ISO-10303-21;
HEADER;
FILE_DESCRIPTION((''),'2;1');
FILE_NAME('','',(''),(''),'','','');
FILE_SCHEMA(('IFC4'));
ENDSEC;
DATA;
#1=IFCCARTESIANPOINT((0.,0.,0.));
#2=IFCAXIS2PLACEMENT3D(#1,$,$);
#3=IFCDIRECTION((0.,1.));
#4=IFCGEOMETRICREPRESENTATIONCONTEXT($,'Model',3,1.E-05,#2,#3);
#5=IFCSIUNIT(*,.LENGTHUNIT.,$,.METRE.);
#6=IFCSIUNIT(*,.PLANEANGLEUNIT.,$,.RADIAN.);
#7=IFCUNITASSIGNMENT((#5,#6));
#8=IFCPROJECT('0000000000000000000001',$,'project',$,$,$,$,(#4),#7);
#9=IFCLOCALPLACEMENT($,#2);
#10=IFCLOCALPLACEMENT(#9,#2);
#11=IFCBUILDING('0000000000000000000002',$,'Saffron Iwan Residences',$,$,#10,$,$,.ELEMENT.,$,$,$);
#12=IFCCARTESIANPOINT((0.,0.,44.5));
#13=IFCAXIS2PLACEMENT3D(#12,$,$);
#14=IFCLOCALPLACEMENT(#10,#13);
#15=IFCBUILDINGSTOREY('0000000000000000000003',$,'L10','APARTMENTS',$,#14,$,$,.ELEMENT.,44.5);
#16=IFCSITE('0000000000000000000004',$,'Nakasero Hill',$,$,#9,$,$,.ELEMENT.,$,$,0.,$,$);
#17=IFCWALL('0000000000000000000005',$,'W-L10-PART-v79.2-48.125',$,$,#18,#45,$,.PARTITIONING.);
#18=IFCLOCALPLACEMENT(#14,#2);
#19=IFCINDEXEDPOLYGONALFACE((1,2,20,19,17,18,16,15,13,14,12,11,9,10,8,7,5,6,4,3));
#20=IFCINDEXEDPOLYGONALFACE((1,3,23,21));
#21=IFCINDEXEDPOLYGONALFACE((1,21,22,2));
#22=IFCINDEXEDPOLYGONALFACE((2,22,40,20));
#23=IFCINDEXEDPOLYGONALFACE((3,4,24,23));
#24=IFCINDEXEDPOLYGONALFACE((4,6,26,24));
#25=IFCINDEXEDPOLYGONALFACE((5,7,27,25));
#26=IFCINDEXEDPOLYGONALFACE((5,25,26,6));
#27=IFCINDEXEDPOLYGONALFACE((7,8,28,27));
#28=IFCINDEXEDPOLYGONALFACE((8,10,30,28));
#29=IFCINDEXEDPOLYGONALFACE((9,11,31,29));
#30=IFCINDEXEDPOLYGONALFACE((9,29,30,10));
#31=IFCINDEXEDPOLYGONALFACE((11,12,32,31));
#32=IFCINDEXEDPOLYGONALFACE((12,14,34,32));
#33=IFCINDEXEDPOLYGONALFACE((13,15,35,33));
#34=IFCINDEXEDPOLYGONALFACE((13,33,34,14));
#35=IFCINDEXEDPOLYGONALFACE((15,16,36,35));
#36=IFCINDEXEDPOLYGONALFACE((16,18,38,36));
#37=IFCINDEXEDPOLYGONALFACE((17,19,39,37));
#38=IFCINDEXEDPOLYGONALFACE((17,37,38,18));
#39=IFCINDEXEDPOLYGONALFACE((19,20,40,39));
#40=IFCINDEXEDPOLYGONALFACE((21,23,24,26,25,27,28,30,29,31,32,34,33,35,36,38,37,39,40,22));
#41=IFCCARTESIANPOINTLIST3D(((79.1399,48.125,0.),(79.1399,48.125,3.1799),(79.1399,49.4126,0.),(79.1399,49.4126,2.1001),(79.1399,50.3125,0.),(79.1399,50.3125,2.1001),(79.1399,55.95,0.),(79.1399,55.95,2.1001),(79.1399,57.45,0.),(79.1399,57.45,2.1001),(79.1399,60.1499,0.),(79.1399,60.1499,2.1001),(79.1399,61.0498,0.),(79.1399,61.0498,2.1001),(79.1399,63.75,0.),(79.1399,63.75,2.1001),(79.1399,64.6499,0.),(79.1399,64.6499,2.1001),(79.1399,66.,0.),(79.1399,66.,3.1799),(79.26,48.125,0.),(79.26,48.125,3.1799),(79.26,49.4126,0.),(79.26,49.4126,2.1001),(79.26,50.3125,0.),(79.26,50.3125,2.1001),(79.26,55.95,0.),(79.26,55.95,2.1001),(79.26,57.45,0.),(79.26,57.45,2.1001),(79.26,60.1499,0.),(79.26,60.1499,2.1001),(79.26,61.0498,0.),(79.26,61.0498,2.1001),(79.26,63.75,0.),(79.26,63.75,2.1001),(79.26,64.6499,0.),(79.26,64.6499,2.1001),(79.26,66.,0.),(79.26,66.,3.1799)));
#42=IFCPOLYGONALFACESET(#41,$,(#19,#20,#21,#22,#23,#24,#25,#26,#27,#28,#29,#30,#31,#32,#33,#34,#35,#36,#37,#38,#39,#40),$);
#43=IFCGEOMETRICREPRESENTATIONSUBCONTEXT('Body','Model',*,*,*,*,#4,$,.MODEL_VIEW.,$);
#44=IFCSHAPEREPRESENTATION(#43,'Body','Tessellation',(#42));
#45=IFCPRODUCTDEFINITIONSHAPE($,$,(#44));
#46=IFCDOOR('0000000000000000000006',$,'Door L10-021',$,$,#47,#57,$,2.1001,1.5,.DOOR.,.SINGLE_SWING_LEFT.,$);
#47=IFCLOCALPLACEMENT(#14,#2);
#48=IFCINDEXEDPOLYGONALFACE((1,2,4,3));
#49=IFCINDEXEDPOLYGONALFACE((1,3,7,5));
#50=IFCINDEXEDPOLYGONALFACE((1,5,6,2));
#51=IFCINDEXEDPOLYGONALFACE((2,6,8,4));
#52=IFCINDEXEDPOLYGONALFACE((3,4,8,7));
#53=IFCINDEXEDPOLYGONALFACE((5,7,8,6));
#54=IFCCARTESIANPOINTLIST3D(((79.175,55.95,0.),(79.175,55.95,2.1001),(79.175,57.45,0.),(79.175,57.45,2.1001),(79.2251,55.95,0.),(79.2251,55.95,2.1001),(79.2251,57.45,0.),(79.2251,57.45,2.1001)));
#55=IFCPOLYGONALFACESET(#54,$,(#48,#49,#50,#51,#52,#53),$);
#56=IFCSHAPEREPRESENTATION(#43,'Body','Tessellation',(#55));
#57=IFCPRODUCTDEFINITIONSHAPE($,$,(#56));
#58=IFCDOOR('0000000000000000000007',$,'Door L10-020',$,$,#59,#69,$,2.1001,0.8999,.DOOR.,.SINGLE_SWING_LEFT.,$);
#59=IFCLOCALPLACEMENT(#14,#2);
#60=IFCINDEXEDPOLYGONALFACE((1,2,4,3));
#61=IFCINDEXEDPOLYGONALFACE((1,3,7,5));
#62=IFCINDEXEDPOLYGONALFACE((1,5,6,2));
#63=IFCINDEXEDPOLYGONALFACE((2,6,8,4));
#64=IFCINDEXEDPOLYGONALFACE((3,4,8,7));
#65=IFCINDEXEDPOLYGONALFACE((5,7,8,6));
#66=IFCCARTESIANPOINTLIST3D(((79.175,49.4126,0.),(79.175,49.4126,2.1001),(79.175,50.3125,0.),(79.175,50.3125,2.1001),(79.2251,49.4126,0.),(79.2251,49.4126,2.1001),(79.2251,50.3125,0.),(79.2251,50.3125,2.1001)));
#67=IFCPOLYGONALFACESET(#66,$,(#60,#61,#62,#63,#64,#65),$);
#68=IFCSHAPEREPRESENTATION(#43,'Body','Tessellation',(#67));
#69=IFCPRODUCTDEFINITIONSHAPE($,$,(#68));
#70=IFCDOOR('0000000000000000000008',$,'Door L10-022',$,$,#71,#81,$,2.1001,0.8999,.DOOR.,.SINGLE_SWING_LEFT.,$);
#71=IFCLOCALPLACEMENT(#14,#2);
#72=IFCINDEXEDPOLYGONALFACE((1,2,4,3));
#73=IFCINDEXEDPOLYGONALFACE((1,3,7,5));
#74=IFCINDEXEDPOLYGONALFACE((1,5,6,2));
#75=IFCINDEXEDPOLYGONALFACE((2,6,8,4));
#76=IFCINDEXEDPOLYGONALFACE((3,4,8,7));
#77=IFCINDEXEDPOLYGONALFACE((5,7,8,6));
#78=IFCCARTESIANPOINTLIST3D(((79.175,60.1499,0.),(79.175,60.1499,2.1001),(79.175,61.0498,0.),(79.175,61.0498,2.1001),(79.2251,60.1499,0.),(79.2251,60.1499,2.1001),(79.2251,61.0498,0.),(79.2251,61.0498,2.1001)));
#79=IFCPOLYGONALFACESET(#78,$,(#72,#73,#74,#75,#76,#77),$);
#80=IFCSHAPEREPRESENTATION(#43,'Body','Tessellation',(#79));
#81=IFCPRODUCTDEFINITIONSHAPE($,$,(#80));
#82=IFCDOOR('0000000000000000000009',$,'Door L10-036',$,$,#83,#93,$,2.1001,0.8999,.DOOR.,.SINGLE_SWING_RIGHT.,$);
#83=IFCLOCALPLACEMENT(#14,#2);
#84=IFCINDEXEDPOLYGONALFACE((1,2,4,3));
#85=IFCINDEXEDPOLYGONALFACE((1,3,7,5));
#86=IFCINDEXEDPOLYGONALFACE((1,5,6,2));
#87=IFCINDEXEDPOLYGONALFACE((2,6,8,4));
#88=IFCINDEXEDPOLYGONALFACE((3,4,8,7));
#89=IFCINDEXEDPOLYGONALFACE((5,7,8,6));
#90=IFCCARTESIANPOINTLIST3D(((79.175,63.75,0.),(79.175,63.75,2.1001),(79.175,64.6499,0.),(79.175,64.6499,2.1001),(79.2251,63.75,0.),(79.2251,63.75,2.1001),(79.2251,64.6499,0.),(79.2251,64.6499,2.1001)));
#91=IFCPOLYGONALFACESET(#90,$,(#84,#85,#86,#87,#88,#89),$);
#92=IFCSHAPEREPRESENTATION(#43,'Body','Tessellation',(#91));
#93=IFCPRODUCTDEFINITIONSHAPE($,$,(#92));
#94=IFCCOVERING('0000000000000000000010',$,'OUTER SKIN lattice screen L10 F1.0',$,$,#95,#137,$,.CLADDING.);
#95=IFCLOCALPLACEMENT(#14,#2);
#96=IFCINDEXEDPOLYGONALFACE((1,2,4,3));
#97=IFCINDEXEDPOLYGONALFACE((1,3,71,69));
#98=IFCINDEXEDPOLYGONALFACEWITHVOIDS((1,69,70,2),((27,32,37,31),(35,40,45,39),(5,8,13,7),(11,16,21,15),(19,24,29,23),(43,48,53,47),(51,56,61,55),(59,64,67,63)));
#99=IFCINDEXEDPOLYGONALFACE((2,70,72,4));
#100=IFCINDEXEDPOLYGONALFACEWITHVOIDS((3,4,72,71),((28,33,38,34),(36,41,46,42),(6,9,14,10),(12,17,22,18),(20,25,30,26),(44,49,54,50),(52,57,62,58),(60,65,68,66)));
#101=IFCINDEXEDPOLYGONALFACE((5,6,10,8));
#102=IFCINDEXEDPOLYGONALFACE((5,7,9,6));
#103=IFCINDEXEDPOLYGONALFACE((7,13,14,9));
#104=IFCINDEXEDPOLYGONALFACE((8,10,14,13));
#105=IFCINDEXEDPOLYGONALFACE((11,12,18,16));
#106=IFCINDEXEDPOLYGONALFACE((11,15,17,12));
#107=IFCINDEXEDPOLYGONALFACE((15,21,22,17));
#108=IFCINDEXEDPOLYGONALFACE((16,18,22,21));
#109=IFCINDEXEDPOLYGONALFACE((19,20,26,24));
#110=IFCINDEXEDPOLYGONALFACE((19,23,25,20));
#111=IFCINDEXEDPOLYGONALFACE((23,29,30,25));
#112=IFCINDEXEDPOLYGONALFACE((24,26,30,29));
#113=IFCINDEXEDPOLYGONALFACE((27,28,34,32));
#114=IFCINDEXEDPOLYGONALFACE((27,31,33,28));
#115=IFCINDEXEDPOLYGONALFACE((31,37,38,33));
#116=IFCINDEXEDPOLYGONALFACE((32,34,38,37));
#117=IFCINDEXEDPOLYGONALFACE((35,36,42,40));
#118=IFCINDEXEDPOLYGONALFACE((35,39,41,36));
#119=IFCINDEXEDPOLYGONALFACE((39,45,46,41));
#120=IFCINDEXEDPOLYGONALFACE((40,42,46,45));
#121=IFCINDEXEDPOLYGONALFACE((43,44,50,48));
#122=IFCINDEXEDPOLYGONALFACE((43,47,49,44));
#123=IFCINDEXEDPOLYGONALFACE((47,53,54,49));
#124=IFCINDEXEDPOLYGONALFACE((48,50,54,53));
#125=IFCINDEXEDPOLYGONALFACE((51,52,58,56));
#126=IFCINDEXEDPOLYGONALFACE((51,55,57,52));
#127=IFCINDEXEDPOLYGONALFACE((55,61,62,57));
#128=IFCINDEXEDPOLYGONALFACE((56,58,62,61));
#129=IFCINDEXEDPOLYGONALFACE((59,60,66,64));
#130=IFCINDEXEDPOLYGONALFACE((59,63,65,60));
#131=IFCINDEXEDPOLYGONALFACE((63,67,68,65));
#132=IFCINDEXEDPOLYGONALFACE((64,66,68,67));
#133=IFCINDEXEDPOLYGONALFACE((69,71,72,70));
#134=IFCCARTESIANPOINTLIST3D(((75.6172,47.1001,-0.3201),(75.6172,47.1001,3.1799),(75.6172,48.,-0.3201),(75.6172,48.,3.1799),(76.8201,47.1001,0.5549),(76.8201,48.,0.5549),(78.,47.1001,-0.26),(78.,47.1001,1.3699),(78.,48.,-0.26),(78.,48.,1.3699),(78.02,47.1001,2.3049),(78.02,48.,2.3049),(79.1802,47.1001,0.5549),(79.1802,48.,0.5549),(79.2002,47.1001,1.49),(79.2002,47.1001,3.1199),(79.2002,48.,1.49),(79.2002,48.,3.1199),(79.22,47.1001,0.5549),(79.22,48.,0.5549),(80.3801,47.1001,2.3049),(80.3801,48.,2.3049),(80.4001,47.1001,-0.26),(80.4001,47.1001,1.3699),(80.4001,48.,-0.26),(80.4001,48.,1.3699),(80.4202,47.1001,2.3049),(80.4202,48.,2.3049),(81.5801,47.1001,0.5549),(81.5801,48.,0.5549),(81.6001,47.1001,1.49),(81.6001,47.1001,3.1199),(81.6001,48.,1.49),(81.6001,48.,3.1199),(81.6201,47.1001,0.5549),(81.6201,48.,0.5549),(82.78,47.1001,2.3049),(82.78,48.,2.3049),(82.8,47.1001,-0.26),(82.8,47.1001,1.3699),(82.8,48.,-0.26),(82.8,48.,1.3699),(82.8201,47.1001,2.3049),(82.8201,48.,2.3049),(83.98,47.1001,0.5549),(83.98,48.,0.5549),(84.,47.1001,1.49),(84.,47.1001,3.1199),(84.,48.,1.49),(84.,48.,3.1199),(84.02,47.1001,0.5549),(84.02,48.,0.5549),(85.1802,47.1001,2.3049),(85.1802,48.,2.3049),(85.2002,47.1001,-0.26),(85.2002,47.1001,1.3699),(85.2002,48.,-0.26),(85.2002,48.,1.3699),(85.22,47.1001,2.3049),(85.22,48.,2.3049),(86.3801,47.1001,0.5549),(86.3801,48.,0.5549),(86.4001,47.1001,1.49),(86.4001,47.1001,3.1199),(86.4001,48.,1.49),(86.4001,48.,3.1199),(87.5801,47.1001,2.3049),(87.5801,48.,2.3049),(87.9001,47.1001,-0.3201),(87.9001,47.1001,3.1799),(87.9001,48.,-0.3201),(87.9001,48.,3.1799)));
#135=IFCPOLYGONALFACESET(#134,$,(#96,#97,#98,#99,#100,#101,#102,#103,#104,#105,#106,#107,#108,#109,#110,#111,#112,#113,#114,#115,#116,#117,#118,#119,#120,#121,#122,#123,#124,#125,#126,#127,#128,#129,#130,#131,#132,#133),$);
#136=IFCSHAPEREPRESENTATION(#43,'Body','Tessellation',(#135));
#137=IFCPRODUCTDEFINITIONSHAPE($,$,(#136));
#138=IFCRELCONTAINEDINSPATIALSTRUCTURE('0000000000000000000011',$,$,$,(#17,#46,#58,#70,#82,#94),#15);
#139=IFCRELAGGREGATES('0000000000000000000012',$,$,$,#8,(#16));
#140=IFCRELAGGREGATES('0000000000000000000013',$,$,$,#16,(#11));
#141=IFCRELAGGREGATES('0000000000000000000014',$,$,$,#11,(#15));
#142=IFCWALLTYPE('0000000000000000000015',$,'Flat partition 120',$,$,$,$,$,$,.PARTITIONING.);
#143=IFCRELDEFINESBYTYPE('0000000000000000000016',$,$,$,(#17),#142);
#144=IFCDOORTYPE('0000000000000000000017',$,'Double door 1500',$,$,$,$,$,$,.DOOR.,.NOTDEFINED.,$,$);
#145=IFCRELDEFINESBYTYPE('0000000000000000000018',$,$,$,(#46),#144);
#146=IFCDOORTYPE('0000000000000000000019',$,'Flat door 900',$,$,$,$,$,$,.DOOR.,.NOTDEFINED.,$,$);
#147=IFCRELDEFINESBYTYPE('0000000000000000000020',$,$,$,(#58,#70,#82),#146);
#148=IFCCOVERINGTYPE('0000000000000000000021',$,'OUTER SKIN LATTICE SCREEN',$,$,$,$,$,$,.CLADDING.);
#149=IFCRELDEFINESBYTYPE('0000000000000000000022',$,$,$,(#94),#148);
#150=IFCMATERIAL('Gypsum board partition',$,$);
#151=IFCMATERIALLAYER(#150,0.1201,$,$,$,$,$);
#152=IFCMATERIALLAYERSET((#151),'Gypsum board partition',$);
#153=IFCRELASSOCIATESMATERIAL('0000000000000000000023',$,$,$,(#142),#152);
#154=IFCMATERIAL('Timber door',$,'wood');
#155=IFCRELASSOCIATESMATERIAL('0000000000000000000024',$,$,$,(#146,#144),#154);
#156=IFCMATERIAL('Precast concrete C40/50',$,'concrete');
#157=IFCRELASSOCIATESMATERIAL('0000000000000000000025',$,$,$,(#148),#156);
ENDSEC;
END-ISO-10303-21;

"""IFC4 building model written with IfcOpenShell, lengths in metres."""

from ifc_helpers import new_model, si_unit, direction, frame, frame_2d, origin, place, context, subcontext, project, spatial, polyline, rectangle, outline, extrude, material, layer, layer_set, type_object, element, fill, save


model = new_model("IFC4")

# Units and contexts
model_context = context("Model", 3, precision=1e-05, world=origin(), true_north=direction((0.0, 1.0)))
body_context = subcontext(model_context, "Body", "Model", "MODEL_VIEW")
ifc_project = project(units=[si_unit("LENGTHUNIT", "METRE"), si_unit("PLANEANGLEUNIT", "RADIAN")], contexts=[model_context])

# Site, building, storey
site_placement = place(None, origin())
site = spatial("IfcSite", under=ifc_project, at=site_placement, Name="Nakasero Hill", CompositionType="ELEMENT", RefElevation=0.0)
building_placement = place(site_placement, origin())
building = spatial("IfcBuilding", under=site, at=building_placement, Name="Saffron Iwan Residences", CompositionType="ELEMENT")
storey_placement = place(building_placement, frame((0.0, 0.0, 44.5)))
storey = spatial("IfcBuildingStorey", under=building, at=storey_placement, Name="L10", Description="APARTMENTS", CompositionType="ELEMENT", Elevation=44.5)

# Shared definitions
ifc_material_1 = material(Name="Gypsum board partition")
ifc_layer_1 = layer(ifc_material_1, 0.1201)
ifc_layer_set_1 = layer_set([ifc_layer_1], Name="Gypsum board partition")
wall_type_1 = type_object("IfcWallType", Name="Flat partition 120", PredefinedType="PARTITIONING", material=ifc_layer_set_1)
ifc_material_2 = material(Name="Timber door", Category="wood")
door_type_1 = type_object("IfcDoorType", Name="Flat door 900", OperationType="NOTDEFINED", PredefinedType="DOOR", material=ifc_material_2)

# Wall, openings, doors
wall_1_placement = place(storey_placement, frame((79.2, 48.125, 0.0), z_axis=(0.0, 0.0, 1.0), x_axis=(0.0, 1.0, 0.0)))
wall_1 = element("IfcWall", 1, at=wall_1_placement, inside=storey, type_object=wall_type_1, Name="W-L10-PART-v79.2-48.125", PredefinedType="PARTITIONING", context=body_context, shape_type="SweptSolid", body=[
    extrude(rectangle(XDim=17.875, YDim=0.1201, at=frame_2d((8.9375, 0.0))), origin(), (0.0, 0.0, 1.0), 3.1799),
])
opening_1_placement = place(wall_1_placement, frame((1.2876, 0.0, 0.0)))
opening_1 = element("IfcOpeningElement", 2, at=opening_1_placement, cuts=wall_1, PredefinedType="OPENING", context=body_context, shape_type="SweptSolid", body=[
    extrude(rectangle(XDim=0.8999, YDim=2.1001, at=frame_2d((0.45, 1.05))), frame((0.0, 0.0701, 0.0), z_axis=(0.0, -1.0, 0.0), x_axis=(1.0, 0.0, 0.0)), (0.0, 0.0, 1.0), 0.1401),
])
opening_2_placement = place(wall_1_placement, frame((7.825, 0.0, 0.0)))
opening_2 = element("IfcOpeningElement", 3, at=opening_2_placement, cuts=wall_1, PredefinedType="OPENING", context=body_context, shape_type="SweptSolid", body=[
    extrude(rectangle(XDim=1.5, YDim=2.1001, at=frame_2d((0.75, 1.05))), frame((0.0, 0.0701, 0.0), z_axis=(0.0, -1.0, 0.0), x_axis=(1.0, 0.0, 0.0)), (0.0, 0.0, 1.0), 0.1401),
])
opening_3_placement = place(wall_1_placement, frame((12.0249, 0.0, 0.0)))
opening_3 = element("IfcOpeningElement", 4, at=opening_3_placement, cuts=wall_1, PredefinedType="OPENING", context=body_context, shape_type="SweptSolid", body=[
    extrude(rectangle(XDim=0.8999, YDim=2.1001, at=frame_2d((0.45, 1.05))), frame((0.0, 0.0701, 0.0), z_axis=(0.0, -1.0, 0.0), x_axis=(1.0, 0.0, 0.0)), (0.0, 0.0, 1.0), 0.1401),
])
opening_4_placement = place(wall_1_placement, frame((15.625, 0.0, 0.0)))
opening_4 = element("IfcOpeningElement", 5, at=opening_4_placement, cuts=wall_1, PredefinedType="OPENING", context=body_context, shape_type="SweptSolid", body=[
    extrude(rectangle(XDim=0.8999, YDim=2.1001, at=frame_2d((0.45, 1.05))), frame((0.0, 0.0701, 0.0), z_axis=(0.0, -1.0, 0.0), x_axis=(1.0, 0.0, 0.0)), (0.0, 0.0, 1.0), 0.1401),
])
door_type_2 = type_object("IfcDoorType", Name="Double door 1500", OperationType="NOTDEFINED", PredefinedType="DOOR", material=ifc_material_2)
door_1_placement = place(opening_2_placement, origin())
door_1 = element("IfcDoor", 6, at=door_1_placement, inside=storey, type_object=door_type_2, Name="Door L10-021", OperationType="SINGLE_SWING_LEFT", OverallHeight=2.1001, OverallWidth=1.5, PredefinedType="DOOR", context=body_context, shape_type="SweptSolid", body=[
    extrude(rectangle(XDim=1.5, YDim=2.1001, at=frame_2d((0.75, 1.05))), frame((0.0, 0.0249, 0.0), z_axis=(0.0, -1.0, 0.0), x_axis=(1.0, 0.0, 0.0)), (0.0, 0.0, 1.0), 0.05),
])
fill(opening_2, door_1)
door_2_placement = place(opening_1_placement, origin())
door_2 = element("IfcDoor", 7, at=door_2_placement, inside=storey, type_object=door_type_1, Name="Door L10-020", OperationType="SINGLE_SWING_LEFT", OverallHeight=2.1001, OverallWidth=0.8999, PredefinedType="DOOR", context=body_context, shape_type="SweptSolid", body=[
    extrude(rectangle(XDim=0.8999, YDim=2.1001, at=frame_2d((0.45, 1.05))), frame((0.0, 0.0249, 0.0), z_axis=(0.0, -1.0, 0.0), x_axis=(1.0, 0.0, 0.0)), (0.0, 0.0, 1.0), 0.05),
])
fill(opening_1, door_2)
door_3_placement = place(opening_3_placement, origin())
door_3 = element("IfcDoor", 8, at=door_3_placement, inside=storey, type_object=door_type_1, Name="Door L10-022", OperationType="SINGLE_SWING_LEFT", OverallHeight=2.1001, OverallWidth=0.8999, PredefinedType="DOOR", context=body_context, shape_type="SweptSolid", body=[
    extrude(rectangle(XDim=0.8999, YDim=2.1001, at=frame_2d((0.45, 1.05))), frame((0.0, 0.0249, 0.0), z_axis=(0.0, -1.0, 0.0), x_axis=(1.0, 0.0, 0.0)), (0.0, 0.0, 1.0), 0.05),
])
fill(opening_3, door_3)
door_4_placement = place(opening_4_placement, origin())
door_4 = element("IfcDoor", 9, at=door_4_placement, inside=storey, type_object=door_type_1, Name="Door L10-036", OperationType="SINGLE_SWING_RIGHT", OverallHeight=2.1001, OverallWidth=0.8999, PredefinedType="DOOR", context=body_context, shape_type="SweptSolid", body=[
    extrude(rectangle(XDim=0.8999, YDim=2.1001, at=frame_2d((0.45, 1.05))), frame((0.0, 0.0249, 0.0), z_axis=(0.0, -1.0, 0.0), x_axis=(1.0, 0.0, 0.0)), (0.0, 0.0, 1.0), 0.05),
])
fill(opening_4, door_4)

# Covering
ifc_material_3 = material(Name="Precast concrete C40/50", Category="concrete")
covering_type = type_object("IfcCoveringType", Name="OUTER SKIN LATTICE SCREEN", PredefinedType="CLADDING", material=ifc_material_3)
covering_placement = place(storey_placement, frame((75.6172, 48.0, -0.3201), z_axis=(0.0, -1.0, 0.0), x_axis=(1.0, 0.0, 0.0)))
element("IfcCovering", 10, at=covering_placement, inside=storey, type_object=covering_type, Name="OUTER SKIN lattice screen L10 F1.0", PredefinedType="CLADDING", context=body_context, shape_type="SweptSolid", body=[
    extrude(outline(polyline([(0.0, 0.0), (12.283, 0.0), (12.283, 3.5), (0.0, 3.5), (0.0, 0.0)]), holes=[polyline([(1.2029, 0.875), (2.3828, 0.0601), (3.563, 0.875), (2.3828, 1.6899), (1.2029, 0.875)]), polyline([(3.6028, 0.875), (4.783, 0.0601), (5.9629, 0.875), (4.783, 1.6899), (3.6028, 0.875)]), polyline([(6.0029, 0.875), (7.1829, 0.0601), (8.3628, 0.875), (7.1829, 1.6899), (6.0029, 0.875)]), polyline([(8.4028, 0.875), (9.583, 0.0601), (10.7629, 0.875), (9.583, 1.6899), (8.4028, 0.875)]), polyline([(2.4028, 2.625), (3.583, 1.8101), (4.7629, 2.625), (3.583, 3.4399), (2.4028, 2.625)]), polyline([(4.803, 2.625), (5.9829, 1.8101), (7.1628, 2.625), (5.9829, 3.4399), (4.803, 2.625)]), polyline([(7.2029, 2.625), (8.3828, 1.8101), (9.563, 2.625), (8.3828, 3.4399), (7.2029, 2.625)]), polyline([(9.6028, 2.625), (10.783, 1.8101), (11.9629, 2.625), (10.783, 3.4399), (9.6028, 2.625)])]), origin(), (0.0, 0.0, 1.0), 0.8999),
])

save(model, "model.ifc")
